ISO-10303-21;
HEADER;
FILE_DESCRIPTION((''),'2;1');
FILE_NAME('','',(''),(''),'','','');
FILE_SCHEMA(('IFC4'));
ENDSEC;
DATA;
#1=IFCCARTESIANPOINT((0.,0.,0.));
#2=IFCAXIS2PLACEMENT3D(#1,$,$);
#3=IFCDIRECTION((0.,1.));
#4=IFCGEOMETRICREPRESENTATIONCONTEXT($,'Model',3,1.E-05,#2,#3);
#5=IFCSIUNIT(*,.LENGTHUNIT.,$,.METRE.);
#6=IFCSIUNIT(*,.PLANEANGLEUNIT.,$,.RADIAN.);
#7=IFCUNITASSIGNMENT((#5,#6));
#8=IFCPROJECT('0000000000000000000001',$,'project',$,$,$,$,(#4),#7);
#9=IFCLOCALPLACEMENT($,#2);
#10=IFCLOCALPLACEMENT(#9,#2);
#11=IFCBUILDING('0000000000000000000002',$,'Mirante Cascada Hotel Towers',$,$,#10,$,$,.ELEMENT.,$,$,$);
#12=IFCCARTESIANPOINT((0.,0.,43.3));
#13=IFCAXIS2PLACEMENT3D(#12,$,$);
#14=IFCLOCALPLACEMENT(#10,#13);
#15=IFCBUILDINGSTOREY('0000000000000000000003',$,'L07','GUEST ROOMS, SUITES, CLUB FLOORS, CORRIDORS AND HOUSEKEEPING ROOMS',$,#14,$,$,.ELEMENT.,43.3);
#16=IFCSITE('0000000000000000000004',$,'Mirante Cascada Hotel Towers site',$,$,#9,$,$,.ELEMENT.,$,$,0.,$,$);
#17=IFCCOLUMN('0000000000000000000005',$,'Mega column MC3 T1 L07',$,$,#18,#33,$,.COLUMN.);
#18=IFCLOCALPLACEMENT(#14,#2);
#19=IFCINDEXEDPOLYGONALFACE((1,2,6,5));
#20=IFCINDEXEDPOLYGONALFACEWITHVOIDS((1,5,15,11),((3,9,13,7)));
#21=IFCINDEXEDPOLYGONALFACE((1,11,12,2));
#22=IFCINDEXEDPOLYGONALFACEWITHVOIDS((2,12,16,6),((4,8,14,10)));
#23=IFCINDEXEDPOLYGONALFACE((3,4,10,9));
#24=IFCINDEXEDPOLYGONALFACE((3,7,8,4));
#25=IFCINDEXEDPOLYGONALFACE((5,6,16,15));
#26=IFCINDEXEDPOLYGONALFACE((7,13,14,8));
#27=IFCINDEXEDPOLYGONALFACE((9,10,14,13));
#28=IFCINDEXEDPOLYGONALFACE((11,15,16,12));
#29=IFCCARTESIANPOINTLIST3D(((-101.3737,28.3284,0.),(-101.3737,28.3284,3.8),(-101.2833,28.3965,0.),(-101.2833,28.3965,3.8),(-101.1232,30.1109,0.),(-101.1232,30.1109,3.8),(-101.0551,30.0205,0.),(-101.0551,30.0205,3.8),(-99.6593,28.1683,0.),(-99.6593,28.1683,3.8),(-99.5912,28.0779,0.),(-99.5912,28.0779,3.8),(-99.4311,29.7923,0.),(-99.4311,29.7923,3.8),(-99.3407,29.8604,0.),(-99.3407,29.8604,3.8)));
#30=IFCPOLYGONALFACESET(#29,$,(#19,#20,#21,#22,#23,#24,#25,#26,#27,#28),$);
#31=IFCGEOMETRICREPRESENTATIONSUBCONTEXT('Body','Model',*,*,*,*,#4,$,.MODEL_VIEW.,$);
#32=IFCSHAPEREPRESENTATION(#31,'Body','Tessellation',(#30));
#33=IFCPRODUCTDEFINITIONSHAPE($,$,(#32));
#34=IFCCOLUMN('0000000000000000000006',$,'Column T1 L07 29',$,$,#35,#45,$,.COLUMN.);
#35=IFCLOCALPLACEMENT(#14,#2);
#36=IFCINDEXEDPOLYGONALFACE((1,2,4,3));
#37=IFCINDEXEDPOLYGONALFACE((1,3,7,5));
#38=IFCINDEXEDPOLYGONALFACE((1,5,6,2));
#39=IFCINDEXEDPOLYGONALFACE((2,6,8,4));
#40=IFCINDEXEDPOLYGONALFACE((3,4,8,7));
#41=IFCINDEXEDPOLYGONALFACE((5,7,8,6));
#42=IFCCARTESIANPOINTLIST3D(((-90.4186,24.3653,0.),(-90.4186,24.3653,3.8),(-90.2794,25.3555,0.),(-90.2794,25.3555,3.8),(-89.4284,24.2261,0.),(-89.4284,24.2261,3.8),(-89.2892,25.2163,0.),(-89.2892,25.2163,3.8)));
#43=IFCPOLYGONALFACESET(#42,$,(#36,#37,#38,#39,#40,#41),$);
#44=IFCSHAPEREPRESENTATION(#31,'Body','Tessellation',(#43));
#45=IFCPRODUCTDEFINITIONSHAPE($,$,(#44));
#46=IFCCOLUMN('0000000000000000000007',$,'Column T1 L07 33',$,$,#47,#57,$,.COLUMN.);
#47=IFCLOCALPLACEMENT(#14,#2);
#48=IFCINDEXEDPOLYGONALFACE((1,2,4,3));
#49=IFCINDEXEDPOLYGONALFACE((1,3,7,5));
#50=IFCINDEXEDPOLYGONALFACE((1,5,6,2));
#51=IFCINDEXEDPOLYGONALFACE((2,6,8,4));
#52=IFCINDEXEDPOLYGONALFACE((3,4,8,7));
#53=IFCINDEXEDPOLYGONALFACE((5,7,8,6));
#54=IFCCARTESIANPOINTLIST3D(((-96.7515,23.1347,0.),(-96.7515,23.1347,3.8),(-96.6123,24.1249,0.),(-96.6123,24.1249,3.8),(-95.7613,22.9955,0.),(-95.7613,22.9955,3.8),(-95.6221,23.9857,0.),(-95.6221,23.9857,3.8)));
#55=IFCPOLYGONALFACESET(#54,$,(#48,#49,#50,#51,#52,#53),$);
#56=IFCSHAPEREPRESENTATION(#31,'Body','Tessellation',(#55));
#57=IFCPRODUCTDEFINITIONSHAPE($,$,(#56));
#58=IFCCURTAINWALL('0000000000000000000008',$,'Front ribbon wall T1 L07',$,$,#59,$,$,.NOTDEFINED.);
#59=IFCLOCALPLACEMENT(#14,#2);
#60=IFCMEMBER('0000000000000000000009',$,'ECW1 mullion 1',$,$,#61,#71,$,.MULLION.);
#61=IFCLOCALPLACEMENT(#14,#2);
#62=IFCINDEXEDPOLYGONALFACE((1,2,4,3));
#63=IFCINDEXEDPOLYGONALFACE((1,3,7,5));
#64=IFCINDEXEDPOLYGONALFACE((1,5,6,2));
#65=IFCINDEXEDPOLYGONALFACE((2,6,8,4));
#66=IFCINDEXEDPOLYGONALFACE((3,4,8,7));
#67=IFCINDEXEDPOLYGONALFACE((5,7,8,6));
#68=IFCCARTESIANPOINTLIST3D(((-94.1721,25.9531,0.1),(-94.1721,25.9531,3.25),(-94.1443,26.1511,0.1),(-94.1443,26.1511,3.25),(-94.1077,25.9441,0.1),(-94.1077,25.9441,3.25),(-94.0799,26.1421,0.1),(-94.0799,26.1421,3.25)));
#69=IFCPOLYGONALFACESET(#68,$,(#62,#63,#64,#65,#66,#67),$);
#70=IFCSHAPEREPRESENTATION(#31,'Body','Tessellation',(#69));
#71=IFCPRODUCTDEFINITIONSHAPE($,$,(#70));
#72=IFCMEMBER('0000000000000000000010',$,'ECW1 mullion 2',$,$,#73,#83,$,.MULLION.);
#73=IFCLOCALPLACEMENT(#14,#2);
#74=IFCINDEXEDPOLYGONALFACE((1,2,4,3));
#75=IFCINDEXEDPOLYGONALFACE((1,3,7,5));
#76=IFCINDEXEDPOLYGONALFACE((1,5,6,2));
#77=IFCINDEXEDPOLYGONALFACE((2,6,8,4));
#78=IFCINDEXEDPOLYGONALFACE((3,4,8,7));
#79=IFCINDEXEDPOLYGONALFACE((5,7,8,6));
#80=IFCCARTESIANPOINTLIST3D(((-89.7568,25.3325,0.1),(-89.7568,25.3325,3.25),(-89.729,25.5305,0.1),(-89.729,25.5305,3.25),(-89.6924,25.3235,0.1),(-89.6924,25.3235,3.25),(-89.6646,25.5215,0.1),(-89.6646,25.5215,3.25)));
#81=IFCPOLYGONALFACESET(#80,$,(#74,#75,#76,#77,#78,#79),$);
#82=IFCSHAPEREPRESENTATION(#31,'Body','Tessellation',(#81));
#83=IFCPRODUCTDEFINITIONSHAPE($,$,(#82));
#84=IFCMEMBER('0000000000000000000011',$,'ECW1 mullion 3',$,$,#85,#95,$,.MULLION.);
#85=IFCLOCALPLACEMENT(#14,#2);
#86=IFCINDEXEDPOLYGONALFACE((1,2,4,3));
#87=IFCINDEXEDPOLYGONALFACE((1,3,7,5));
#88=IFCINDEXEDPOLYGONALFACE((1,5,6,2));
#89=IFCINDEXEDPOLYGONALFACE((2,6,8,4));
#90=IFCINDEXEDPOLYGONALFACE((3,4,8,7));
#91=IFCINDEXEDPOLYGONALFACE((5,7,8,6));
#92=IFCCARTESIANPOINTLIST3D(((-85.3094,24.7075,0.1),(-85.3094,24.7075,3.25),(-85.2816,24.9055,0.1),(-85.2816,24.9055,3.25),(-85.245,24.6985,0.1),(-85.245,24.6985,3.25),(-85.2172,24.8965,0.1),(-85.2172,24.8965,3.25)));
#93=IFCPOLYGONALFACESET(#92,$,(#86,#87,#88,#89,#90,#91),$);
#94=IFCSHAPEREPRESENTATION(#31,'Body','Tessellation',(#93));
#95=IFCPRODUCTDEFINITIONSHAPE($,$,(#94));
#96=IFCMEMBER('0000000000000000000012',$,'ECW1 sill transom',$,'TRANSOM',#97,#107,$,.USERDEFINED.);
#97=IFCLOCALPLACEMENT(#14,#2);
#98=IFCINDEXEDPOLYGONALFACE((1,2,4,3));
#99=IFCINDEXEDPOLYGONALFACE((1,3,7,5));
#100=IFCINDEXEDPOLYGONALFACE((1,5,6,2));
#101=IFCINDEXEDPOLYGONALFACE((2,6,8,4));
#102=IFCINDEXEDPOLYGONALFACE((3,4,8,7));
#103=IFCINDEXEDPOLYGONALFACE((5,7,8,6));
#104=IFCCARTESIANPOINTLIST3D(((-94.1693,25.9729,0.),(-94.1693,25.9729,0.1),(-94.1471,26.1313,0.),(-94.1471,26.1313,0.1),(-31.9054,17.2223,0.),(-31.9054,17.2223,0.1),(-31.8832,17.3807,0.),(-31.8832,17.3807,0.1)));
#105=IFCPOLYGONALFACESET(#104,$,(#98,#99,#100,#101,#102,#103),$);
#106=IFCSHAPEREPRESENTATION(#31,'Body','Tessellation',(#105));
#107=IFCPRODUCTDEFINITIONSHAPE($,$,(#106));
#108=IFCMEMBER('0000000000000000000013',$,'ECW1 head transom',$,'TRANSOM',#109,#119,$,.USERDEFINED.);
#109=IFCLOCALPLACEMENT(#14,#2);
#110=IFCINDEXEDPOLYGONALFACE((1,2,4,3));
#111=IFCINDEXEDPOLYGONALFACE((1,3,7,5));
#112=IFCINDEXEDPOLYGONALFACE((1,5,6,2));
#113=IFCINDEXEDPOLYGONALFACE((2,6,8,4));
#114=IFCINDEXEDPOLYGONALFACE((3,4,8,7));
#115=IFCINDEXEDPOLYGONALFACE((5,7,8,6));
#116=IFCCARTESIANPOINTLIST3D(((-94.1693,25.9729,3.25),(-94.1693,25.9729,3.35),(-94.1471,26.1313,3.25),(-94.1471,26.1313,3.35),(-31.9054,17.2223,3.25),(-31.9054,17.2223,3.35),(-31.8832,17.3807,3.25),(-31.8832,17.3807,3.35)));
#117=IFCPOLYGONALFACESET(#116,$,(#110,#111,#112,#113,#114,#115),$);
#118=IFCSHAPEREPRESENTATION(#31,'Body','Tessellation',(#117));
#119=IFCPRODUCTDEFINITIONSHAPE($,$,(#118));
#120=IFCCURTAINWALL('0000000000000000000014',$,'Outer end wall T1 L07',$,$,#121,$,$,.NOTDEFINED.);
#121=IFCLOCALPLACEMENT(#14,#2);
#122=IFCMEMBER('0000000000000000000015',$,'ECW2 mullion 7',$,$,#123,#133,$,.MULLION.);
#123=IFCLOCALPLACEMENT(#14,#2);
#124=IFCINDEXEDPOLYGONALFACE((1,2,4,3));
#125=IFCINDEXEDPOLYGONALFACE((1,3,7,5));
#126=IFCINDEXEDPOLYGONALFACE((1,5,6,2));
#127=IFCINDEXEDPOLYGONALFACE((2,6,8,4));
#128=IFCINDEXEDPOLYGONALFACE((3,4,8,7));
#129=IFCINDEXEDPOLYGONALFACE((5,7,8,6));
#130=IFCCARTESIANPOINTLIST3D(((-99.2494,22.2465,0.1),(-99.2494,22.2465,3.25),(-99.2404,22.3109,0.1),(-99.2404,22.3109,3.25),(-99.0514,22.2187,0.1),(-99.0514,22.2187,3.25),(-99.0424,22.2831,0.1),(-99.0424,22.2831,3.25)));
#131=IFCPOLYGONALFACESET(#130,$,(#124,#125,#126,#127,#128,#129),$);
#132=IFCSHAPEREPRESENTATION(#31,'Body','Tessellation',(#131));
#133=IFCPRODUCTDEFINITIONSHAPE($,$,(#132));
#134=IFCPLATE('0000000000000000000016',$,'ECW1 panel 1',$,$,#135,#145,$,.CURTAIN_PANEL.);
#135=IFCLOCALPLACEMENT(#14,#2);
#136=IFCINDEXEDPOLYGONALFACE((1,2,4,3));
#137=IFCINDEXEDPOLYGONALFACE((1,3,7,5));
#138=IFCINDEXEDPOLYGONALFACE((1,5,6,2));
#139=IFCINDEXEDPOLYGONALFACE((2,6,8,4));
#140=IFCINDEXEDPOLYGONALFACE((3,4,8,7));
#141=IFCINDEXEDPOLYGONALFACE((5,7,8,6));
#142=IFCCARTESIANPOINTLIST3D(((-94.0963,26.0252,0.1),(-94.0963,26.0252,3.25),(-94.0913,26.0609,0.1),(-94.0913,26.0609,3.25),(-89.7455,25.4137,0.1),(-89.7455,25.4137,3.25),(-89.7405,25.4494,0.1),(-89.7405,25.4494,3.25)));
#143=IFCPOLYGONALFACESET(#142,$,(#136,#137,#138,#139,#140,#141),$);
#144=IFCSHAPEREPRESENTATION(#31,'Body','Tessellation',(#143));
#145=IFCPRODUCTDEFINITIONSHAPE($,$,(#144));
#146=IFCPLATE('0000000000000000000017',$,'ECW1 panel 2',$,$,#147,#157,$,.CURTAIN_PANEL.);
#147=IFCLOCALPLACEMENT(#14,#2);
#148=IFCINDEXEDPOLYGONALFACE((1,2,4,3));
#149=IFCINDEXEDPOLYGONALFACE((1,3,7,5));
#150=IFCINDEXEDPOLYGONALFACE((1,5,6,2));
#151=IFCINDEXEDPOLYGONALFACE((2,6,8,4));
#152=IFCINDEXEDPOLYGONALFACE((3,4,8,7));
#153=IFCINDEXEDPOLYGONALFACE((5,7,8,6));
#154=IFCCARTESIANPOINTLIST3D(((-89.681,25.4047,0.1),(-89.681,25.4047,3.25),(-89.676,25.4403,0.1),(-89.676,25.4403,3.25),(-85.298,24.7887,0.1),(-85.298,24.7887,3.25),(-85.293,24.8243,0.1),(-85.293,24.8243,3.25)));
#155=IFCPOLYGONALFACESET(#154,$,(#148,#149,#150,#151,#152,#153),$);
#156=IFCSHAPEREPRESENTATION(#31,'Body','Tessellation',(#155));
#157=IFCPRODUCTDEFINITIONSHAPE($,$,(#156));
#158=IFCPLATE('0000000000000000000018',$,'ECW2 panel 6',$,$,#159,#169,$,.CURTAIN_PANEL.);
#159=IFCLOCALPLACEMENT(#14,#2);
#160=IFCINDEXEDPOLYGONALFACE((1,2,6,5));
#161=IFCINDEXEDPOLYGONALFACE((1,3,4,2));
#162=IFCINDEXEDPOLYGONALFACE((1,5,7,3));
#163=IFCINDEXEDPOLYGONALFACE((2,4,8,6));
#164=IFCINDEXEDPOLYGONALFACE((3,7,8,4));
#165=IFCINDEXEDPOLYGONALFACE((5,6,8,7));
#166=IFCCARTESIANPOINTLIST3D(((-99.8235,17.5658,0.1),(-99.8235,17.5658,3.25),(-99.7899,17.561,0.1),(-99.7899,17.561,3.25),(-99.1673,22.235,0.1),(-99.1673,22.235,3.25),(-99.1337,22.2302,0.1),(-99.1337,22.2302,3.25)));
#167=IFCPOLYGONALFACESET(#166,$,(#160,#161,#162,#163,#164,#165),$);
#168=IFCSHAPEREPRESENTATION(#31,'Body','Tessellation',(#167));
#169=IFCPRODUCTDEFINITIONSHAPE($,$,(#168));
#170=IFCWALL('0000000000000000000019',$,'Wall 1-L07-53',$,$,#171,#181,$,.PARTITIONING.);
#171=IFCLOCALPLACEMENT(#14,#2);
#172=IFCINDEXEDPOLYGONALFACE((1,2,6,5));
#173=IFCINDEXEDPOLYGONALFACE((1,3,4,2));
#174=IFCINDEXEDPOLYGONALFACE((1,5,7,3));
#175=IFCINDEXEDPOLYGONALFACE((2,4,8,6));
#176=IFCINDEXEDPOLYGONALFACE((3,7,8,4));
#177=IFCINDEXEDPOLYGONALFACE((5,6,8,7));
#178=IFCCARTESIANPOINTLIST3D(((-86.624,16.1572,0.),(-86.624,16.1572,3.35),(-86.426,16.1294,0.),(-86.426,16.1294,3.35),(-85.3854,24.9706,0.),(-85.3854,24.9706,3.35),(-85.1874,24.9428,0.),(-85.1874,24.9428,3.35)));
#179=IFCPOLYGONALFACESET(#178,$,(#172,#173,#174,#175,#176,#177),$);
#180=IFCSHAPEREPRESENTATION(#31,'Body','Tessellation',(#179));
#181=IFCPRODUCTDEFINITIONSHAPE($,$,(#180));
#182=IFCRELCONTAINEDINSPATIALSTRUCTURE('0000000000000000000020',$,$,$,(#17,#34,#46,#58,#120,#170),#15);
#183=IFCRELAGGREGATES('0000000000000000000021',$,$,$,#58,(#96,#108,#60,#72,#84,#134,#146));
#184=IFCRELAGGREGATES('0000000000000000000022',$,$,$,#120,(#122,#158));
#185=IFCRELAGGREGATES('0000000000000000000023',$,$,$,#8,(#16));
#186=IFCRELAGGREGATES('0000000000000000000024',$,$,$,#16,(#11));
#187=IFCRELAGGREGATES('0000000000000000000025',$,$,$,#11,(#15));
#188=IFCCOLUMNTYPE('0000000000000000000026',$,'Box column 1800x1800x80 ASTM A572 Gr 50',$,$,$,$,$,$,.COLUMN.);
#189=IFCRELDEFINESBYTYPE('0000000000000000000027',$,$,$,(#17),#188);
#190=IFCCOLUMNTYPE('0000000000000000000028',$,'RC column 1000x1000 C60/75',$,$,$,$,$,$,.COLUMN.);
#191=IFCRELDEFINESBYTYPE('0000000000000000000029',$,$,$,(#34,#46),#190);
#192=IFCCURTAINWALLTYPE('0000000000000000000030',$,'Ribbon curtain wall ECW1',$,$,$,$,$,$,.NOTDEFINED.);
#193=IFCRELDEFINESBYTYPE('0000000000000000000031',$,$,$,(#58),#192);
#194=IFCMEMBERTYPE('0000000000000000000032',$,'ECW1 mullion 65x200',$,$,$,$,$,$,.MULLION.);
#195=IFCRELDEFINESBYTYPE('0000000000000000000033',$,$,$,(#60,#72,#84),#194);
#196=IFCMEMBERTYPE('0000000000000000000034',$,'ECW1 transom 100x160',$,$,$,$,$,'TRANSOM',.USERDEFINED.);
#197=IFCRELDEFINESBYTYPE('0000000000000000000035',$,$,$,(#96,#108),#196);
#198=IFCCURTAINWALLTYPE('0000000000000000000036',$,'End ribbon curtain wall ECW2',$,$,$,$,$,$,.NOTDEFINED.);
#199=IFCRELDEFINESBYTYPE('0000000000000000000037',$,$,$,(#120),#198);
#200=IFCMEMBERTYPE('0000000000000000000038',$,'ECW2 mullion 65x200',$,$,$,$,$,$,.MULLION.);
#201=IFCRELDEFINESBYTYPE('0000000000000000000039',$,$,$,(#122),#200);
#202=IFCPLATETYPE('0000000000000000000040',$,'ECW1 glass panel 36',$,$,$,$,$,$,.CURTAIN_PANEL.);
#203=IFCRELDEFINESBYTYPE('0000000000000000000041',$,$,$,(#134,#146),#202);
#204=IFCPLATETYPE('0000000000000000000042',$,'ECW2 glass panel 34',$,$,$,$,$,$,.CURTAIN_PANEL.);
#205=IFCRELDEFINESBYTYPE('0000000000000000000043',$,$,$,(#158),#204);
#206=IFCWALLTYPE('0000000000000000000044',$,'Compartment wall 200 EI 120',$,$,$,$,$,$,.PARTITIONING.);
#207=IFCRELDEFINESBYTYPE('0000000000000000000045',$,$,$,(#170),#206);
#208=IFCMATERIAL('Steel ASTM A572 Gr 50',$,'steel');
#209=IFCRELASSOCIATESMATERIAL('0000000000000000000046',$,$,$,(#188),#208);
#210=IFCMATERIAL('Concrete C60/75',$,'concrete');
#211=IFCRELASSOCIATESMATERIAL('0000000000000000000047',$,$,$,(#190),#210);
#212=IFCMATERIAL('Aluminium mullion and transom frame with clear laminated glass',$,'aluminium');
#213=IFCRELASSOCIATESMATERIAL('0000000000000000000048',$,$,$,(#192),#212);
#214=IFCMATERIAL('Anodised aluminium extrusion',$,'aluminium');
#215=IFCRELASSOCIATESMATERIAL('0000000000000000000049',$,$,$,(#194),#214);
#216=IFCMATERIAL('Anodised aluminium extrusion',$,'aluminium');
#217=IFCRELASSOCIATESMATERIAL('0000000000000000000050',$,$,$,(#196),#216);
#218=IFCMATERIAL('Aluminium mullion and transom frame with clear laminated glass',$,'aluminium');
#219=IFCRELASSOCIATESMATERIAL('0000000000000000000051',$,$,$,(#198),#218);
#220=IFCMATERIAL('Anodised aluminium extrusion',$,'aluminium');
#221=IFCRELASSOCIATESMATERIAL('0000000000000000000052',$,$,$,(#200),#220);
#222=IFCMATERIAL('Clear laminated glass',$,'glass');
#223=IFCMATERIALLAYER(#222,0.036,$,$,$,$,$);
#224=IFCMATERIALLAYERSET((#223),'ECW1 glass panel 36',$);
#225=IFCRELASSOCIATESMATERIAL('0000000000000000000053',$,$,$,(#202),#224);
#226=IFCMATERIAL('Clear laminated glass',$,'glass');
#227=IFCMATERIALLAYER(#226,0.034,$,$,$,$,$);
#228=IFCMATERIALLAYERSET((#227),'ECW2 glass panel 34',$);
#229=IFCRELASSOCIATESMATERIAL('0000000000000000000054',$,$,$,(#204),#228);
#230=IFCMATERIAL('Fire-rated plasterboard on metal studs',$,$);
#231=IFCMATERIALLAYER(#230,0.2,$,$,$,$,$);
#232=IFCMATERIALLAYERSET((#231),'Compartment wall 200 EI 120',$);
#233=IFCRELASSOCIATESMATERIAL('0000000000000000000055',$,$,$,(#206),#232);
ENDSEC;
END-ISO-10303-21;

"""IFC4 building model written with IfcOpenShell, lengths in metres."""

from ifc_helpers import new_model, si_unit, direction, frame, frame_2d, origin, origin_2d, place, context, subcontext, project, spatial, rectangle, hollow_rectangle, extrude, material, layer, layer_set, material_profile, profile_set, type_object, element, aggregate, save


model = new_model("IFC4")

# Units and contexts
model_context = context("Model", 3, precision=1e-05, world=origin(), true_north=direction((0.0, 1.0)))
body_context = subcontext(model_context, "Body", "Model", "MODEL_VIEW")
ifc_project = project(units=[si_unit("LENGTHUNIT", "METRE"), si_unit("PLANEANGLEUNIT", "RADIAN")], contexts=[model_context])

# Site, building, storey
site_placement = place(None, origin())
site = spatial("IfcSite", under=ifc_project, at=site_placement, Name="Mirante Cascada Hotel Towers site", CompositionType="ELEMENT", RefElevation=0.0)
building_placement = place(site_placement, origin())
building = spatial("IfcBuilding", under=site, at=building_placement, Name="Mirante Cascada Hotel Towers", CompositionType="ELEMENT")
storey_placement = place(building_placement, frame((0.0, 0.0, 43.3)))
storey = spatial("IfcBuildingStorey", under=building, at=storey_placement, Name="L07", Description="GUEST ROOMS, SUITES, CLUB FLOORS, CORRIDORS AND HOUSEKEEPING ROOMS", CompositionType="ELEMENT", Elevation=43.3)

# Columns
ifc_material_1 = material(Name="Steel ASTM A572 Gr 50", Category="steel")
ifc_material_profile_1 = material_profile(ifc_material_1, hollow_rectangle(XDim=1.8, YDim=1.8, WallThickness=0.08, at=origin_2d()), Name="Box column 1800x1800x80 ASTM A572 Gr 50")
ifc_profile_set_1 = profile_set([ifc_material_profile_1], Name="Steel ASTM A572 Gr 50")
column_type_1 = type_object("IfcColumnType", Name="Box column 1800x1800x80 ASTM A572 Gr 50", PredefinedType="COLUMN", material=ifc_profile_set_1)
column_placement = place(storey_placement, frame((-100.3572, 29.0944, 0.0), z_axis=(0.0, 0.0, 1.0), x_axis=(-0.990268, 0.139173, 0.0)))
element("IfcColumn", 1, at=column_placement, inside=storey, type_object=column_type_1, Name="Mega column MC3 T1 L07", PredefinedType="COLUMN", context=body_context, shape_type="SweptSolid", body=[
    extrude(hollow_rectangle(XDim=1.8, YDim=1.8, WallThickness=0.08, at=origin_2d()), origin(), (0.0, 0.0, 1.0), 3.8),
])
ifc_material_2 = material(Name="Concrete C60/75", Category="concrete")
ifc_material_profile_2 = material_profile(ifc_material_2, rectangle(XDim=1.0, YDim=1.0, at=origin_2d()), Name="RC column 1000x1000 C60/75")
ifc_profile_set_2 = profile_set([ifc_material_profile_2], Name="Concrete C60/75")
column_type_2 = type_object("IfcColumnType", Name="RC column 1000x1000 C60/75", PredefinedType="COLUMN", material=ifc_profile_set_2)
for number, where, z_axis, x_axis, name in (
    (2, (-89.8539, 24.7908, 0.0), (0.0, 0.0, 1.0), (-0.990268, 0.139173, 0.0), "Column T1 L07 29"),
    (3, (-96.1868, 23.5602, 0.0), (0.0, 0.0, 1.0), (-0.990268, 0.139173, 0.0), "Column T1 L07 33"),
):
    element("IfcColumn", number, at=place(storey_placement, frame(where, z_axis=z_axis, x_axis=x_axis)), inside=storey, type_object=column_type_2, Name=name, PredefinedType="COLUMN", context=body_context, shape_type="SweptSolid", body=[
        extrude(rectangle(XDim=1.0, YDim=1.0, at=origin_2d()), origin(), (0.0, 0.0, 1.0), 3.8),
    ])

# Curtain wall, members
ifc_material_3 = material(Name="Aluminium mullion and transom frame with clear laminated glass", Category="aluminium")
curtain_wall_type_1 = type_object("IfcCurtainWallType", Name="Ribbon curtain wall ECW1", PredefinedType="NOTDEFINED", material=ifc_material_3)
curtain_wall_1_placement = place(storey_placement, origin())
curtain_wall_1 = element("IfcCurtainWall", 4, at=curtain_wall_1_placement, inside=storey, type_object=curtain_wall_type_1, Name="Front ribbon wall T1 L07", PredefinedType="NOTDEFINED")
ifc_material_4 = material(Name="Anodised aluminium extrusion", Category="aluminium")
ifc_material_profile_3 = material_profile(ifc_material_4, rectangle(XDim=0.2, YDim=0.065, at=origin_2d()), Name="ECW1 MULLION 65x200")
ifc_profile_set_3 = profile_set([ifc_material_profile_3], Name="Anodised aluminium extrusion")
member_type_1 = type_object("IfcMemberType", Name="ECW1 mullion 65x200", PredefinedType="MULLION", material=ifc_profile_set_3)
member_1_placement = place(storey_placement, frame((-94.126, 26.0476, 0.1), z_axis=(0.0, 0.0, 1.0), x_axis=(0.139173, 0.990268, 0.0)))
member_1 = element("IfcMember", 5, at=member_1_placement, type_object=member_type_1, Name="ECW1 mullion 1", PredefinedType="MULLION", context=body_context, shape_type="SweptSolid", body=[
    extrude(rectangle(XDim=0.2, YDim=0.065, at=origin_2d()), origin(), (0.0, 0.0, 1.0), 3.15),
])
member_2_placement = place(storey_placement, frame((-89.7107, 25.427, 0.1), z_axis=(0.0, 0.0, 1.0), x_axis=(0.139173, 0.990268, 0.0)))
member_2 = element("IfcMember", 6, at=member_2_placement, type_object=member_type_1, Name="ECW1 mullion 2", PredefinedType="MULLION", context=body_context, shape_type="SweptSolid", body=[
    extrude(rectangle(XDim=0.2, YDim=0.065, at=origin_2d()), origin(), (0.0, 0.0, 1.0), 3.15),
])
member_3_placement = place(storey_placement, frame((-85.2633, 24.802, 0.1), z_axis=(0.0, 0.0, 1.0), x_axis=(0.139173, 0.990268, 0.0)))
member_3 = element("IfcMember", 7, at=member_3_placement, type_object=member_type_1, Name="ECW1 mullion 3", PredefinedType="MULLION", context=body_context, shape_type="SweptSolid", body=[
    extrude(rectangle(XDim=0.2, YDim=0.065, at=origin_2d()), origin(), (0.0, 0.0, 1.0), 3.15),
])
ifc_material_5 = material(Name="Anodised aluminium extrusion", Category="aluminium")
ifc_material_profile_4 = material_profile(ifc_material_5, rectangle(XDim=0.16, YDim=0.1, at=origin_2d()), Name="ECW1 TRANSOM 100x160")
ifc_profile_set_4 = profile_set([ifc_material_profile_4], Name="Anodised aluminium extrusion")
member_type_2 = type_object("IfcMemberType", Name="ECW1 transom 100x160", ElementType="TRANSOM", PredefinedType="USERDEFINED", material=ifc_profile_set_4)
member_4_placement = place(storey_placement, frame((-94.1582, 26.0521, 0.05), z_axis=(0.990268, -0.139173, 0.0), x_axis=(0.139173, 0.990268, 0.0)))
member_4 = element("IfcMember", 8, at=member_4_placement, type_object=member_type_2, Name="ECW1 sill transom", ObjectType="TRANSOM", PredefinedType="USERDEFINED", context=body_context, shape_type="SweptSolid", body=[
    extrude(rectangle(XDim=0.16, YDim=0.1, at=origin_2d()), origin(), (0.0, 0.0, 1.0), 62.8758),
])
member_5_placement = place(storey_placement, frame((-94.1582, 26.0521, 3.3), z_axis=(0.990268, -0.139173, 0.0), x_axis=(0.139173, 0.990268, 0.0)))
member_5 = element("IfcMember", 9, at=member_5_placement, type_object=member_type_2, Name="ECW1 head transom", ObjectType="TRANSOM", PredefinedType="USERDEFINED", context=body_context, shape_type="SweptSolid", body=[
    extrude(rectangle(XDim=0.16, YDim=0.1, at=origin_2d()), origin(), (0.0, 0.0, 1.0), 62.8758),
])

# Curtain wall, member
ifc_material_6 = material(Name="Aluminium mullion and transom frame with clear laminated glass", Category="aluminium")
curtain_wall_type_2 = type_object("IfcCurtainWallType", Name="End ribbon curtain wall ECW2", PredefinedType="NOTDEFINED", material=ifc_material_6)
curtain_wall_2_placement = place(storey_placement, origin())
curtain_wall_2 = element("IfcCurtainWall", 10, at=curtain_wall_2_placement, inside=storey, type_object=curtain_wall_type_2, Name="Outer end wall T1 L07", PredefinedType="NOTDEFINED")
ifc_material_7 = material(Name="Anodised aluminium extrusion", Category="aluminium")
ifc_material_profile_5 = material_profile(ifc_material_7, rectangle(XDim=0.2, YDim=0.065, at=origin_2d()), Name="ECW2 MULLION 65x200")
ifc_profile_set_5 = profile_set([ifc_material_profile_5], Name="Anodised aluminium extrusion")
member_type_3 = type_object("IfcMemberType", Name="ECW2 mullion 65x200", PredefinedType="MULLION", material=ifc_profile_set_5)
member_6_placement = place(storey_placement, frame((-99.1459, 22.2648, 0.1), z_axis=(0.0, 0.0, 1.0), x_axis=(-0.990268, 0.139173, 0.0)))
member_6 = element("IfcMember", 11, at=member_6_placement, type_object=member_type_3, Name="ECW2 mullion 7", PredefinedType="MULLION", context=body_context, shape_type="SweptSolid", body=[
    extrude(rectangle(XDim=0.2, YDim=0.065, at=origin_2d()), origin(), (0.0, 0.0, 1.0), 3.15),
])

# Plates
ifc_material_8 = material(Name="Clear laminated glass", Category="glass")
ifc_layer_1 = layer(ifc_material_8, 0.036)
ifc_layer_set_1 = layer_set([ifc_layer_1], Name="ECW1 glass panel 36")
plate_type_1 = type_object("IfcPlateType", Name="ECW1 glass panel 36", PredefinedType="CURTAIN_PANEL", material=ifc_layer_set_1)
plate_1_placement = place(storey_placement, frame((-91.9184, 25.7373, 0.1), z_axis=(0.0, 0.0, 1.0), x_axis=(0.990268, -0.139173, 0.0)))
plate_1 = element("IfcPlate", 12, at=plate_1_placement, type_object=plate_type_1, Name="ECW1 panel 1", PredefinedType="CURTAIN_PANEL", context=body_context, shape_type="SweptSolid", body=[
    extrude(rectangle(XDim=4.3936, YDim=0.036, at=origin_2d()), origin(), (0.0, 0.0, 1.0), 3.15),
])
plate_2_placement = place(storey_placement, frame((-87.487, 25.1145, 0.1), z_axis=(0.0, 0.0, 1.0), x_axis=(0.990268, -0.139173, 0.0)))
plate_2 = element("IfcPlate", 13, at=plate_2_placement, type_object=plate_type_1, Name="ECW1 panel 2", PredefinedType="CURTAIN_PANEL", context=body_context, shape_type="SweptSolid", body=[
    extrude(rectangle(XDim=4.4261, YDim=0.036, at=origin_2d()), origin(), (0.0, 0.0, 1.0), 3.15),
])
aggregate(curtain_wall_1, [member_4, member_5, member_1, member_2, member_3, plate_1, plate_2])
ifc_material_9 = material(Name="Clear laminated glass", Category="glass")
ifc_layer_2 = layer(ifc_material_9, 0.034)
ifc_layer_set_2 = layer_set([ifc_layer_2], Name="ECW2 glass panel 34")
plate_type_2 = type_object("IfcPlateType", Name="ECW2 glass panel 34", PredefinedType="CURTAIN_PANEL", material=ifc_layer_set_2)
plate_3_placement = place(storey_placement, frame((-99.4786, 19.898, 0.1), z_axis=(0.0, 0.0, 1.0), x_axis=(0.139173, 0.990268, 0.0)))
plate_3 = element("IfcPlate", 14, at=plate_3_placement, type_object=plate_type_2, Name="ECW2 panel 6", PredefinedType="CURTAIN_PANEL", context=body_context, shape_type="SweptSolid", body=[
    extrude(rectangle(XDim=4.7151, YDim=0.034, at=origin_2d()), origin(), (0.0, 0.0, 1.0), 3.15),
])
aggregate(curtain_wall_2, [member_6, plate_3])

# Wall
ifc_material_10 = material(Name="Fire-rated plasterboard on metal studs")
ifc_layer_3 = layer(ifc_material_10, 0.2)
ifc_layer_set_3 = layer_set([ifc_layer_3], Name="Compartment wall 200 EI 120")
wall_type_1 = type_object("IfcWallType", Name="Compartment wall 200 EI 120", PredefinedType="PARTITIONING", material=ifc_layer_set_3)
wall_1_placement = place(storey_placement, frame((-85.2864, 24.9567, 0.0), z_axis=(0.0, 0.0, 1.0), x_axis=(-0.139168, -0.990269, 0.0)))
element("IfcWall", 15, at=wall_1_placement, inside=storey, type_object=wall_type_1, Name="Wall 1-L07-53", PredefinedType="PARTITIONING", context=body_context, shape_type="SweptSolid", body=[
    extrude(rectangle(XDim=8.9, YDim=0.2, at=frame_2d((4.45, 0.0))), origin(), (0.0, 0.0, 1.0), 3.35),
])

save(model, "model.ifc")
